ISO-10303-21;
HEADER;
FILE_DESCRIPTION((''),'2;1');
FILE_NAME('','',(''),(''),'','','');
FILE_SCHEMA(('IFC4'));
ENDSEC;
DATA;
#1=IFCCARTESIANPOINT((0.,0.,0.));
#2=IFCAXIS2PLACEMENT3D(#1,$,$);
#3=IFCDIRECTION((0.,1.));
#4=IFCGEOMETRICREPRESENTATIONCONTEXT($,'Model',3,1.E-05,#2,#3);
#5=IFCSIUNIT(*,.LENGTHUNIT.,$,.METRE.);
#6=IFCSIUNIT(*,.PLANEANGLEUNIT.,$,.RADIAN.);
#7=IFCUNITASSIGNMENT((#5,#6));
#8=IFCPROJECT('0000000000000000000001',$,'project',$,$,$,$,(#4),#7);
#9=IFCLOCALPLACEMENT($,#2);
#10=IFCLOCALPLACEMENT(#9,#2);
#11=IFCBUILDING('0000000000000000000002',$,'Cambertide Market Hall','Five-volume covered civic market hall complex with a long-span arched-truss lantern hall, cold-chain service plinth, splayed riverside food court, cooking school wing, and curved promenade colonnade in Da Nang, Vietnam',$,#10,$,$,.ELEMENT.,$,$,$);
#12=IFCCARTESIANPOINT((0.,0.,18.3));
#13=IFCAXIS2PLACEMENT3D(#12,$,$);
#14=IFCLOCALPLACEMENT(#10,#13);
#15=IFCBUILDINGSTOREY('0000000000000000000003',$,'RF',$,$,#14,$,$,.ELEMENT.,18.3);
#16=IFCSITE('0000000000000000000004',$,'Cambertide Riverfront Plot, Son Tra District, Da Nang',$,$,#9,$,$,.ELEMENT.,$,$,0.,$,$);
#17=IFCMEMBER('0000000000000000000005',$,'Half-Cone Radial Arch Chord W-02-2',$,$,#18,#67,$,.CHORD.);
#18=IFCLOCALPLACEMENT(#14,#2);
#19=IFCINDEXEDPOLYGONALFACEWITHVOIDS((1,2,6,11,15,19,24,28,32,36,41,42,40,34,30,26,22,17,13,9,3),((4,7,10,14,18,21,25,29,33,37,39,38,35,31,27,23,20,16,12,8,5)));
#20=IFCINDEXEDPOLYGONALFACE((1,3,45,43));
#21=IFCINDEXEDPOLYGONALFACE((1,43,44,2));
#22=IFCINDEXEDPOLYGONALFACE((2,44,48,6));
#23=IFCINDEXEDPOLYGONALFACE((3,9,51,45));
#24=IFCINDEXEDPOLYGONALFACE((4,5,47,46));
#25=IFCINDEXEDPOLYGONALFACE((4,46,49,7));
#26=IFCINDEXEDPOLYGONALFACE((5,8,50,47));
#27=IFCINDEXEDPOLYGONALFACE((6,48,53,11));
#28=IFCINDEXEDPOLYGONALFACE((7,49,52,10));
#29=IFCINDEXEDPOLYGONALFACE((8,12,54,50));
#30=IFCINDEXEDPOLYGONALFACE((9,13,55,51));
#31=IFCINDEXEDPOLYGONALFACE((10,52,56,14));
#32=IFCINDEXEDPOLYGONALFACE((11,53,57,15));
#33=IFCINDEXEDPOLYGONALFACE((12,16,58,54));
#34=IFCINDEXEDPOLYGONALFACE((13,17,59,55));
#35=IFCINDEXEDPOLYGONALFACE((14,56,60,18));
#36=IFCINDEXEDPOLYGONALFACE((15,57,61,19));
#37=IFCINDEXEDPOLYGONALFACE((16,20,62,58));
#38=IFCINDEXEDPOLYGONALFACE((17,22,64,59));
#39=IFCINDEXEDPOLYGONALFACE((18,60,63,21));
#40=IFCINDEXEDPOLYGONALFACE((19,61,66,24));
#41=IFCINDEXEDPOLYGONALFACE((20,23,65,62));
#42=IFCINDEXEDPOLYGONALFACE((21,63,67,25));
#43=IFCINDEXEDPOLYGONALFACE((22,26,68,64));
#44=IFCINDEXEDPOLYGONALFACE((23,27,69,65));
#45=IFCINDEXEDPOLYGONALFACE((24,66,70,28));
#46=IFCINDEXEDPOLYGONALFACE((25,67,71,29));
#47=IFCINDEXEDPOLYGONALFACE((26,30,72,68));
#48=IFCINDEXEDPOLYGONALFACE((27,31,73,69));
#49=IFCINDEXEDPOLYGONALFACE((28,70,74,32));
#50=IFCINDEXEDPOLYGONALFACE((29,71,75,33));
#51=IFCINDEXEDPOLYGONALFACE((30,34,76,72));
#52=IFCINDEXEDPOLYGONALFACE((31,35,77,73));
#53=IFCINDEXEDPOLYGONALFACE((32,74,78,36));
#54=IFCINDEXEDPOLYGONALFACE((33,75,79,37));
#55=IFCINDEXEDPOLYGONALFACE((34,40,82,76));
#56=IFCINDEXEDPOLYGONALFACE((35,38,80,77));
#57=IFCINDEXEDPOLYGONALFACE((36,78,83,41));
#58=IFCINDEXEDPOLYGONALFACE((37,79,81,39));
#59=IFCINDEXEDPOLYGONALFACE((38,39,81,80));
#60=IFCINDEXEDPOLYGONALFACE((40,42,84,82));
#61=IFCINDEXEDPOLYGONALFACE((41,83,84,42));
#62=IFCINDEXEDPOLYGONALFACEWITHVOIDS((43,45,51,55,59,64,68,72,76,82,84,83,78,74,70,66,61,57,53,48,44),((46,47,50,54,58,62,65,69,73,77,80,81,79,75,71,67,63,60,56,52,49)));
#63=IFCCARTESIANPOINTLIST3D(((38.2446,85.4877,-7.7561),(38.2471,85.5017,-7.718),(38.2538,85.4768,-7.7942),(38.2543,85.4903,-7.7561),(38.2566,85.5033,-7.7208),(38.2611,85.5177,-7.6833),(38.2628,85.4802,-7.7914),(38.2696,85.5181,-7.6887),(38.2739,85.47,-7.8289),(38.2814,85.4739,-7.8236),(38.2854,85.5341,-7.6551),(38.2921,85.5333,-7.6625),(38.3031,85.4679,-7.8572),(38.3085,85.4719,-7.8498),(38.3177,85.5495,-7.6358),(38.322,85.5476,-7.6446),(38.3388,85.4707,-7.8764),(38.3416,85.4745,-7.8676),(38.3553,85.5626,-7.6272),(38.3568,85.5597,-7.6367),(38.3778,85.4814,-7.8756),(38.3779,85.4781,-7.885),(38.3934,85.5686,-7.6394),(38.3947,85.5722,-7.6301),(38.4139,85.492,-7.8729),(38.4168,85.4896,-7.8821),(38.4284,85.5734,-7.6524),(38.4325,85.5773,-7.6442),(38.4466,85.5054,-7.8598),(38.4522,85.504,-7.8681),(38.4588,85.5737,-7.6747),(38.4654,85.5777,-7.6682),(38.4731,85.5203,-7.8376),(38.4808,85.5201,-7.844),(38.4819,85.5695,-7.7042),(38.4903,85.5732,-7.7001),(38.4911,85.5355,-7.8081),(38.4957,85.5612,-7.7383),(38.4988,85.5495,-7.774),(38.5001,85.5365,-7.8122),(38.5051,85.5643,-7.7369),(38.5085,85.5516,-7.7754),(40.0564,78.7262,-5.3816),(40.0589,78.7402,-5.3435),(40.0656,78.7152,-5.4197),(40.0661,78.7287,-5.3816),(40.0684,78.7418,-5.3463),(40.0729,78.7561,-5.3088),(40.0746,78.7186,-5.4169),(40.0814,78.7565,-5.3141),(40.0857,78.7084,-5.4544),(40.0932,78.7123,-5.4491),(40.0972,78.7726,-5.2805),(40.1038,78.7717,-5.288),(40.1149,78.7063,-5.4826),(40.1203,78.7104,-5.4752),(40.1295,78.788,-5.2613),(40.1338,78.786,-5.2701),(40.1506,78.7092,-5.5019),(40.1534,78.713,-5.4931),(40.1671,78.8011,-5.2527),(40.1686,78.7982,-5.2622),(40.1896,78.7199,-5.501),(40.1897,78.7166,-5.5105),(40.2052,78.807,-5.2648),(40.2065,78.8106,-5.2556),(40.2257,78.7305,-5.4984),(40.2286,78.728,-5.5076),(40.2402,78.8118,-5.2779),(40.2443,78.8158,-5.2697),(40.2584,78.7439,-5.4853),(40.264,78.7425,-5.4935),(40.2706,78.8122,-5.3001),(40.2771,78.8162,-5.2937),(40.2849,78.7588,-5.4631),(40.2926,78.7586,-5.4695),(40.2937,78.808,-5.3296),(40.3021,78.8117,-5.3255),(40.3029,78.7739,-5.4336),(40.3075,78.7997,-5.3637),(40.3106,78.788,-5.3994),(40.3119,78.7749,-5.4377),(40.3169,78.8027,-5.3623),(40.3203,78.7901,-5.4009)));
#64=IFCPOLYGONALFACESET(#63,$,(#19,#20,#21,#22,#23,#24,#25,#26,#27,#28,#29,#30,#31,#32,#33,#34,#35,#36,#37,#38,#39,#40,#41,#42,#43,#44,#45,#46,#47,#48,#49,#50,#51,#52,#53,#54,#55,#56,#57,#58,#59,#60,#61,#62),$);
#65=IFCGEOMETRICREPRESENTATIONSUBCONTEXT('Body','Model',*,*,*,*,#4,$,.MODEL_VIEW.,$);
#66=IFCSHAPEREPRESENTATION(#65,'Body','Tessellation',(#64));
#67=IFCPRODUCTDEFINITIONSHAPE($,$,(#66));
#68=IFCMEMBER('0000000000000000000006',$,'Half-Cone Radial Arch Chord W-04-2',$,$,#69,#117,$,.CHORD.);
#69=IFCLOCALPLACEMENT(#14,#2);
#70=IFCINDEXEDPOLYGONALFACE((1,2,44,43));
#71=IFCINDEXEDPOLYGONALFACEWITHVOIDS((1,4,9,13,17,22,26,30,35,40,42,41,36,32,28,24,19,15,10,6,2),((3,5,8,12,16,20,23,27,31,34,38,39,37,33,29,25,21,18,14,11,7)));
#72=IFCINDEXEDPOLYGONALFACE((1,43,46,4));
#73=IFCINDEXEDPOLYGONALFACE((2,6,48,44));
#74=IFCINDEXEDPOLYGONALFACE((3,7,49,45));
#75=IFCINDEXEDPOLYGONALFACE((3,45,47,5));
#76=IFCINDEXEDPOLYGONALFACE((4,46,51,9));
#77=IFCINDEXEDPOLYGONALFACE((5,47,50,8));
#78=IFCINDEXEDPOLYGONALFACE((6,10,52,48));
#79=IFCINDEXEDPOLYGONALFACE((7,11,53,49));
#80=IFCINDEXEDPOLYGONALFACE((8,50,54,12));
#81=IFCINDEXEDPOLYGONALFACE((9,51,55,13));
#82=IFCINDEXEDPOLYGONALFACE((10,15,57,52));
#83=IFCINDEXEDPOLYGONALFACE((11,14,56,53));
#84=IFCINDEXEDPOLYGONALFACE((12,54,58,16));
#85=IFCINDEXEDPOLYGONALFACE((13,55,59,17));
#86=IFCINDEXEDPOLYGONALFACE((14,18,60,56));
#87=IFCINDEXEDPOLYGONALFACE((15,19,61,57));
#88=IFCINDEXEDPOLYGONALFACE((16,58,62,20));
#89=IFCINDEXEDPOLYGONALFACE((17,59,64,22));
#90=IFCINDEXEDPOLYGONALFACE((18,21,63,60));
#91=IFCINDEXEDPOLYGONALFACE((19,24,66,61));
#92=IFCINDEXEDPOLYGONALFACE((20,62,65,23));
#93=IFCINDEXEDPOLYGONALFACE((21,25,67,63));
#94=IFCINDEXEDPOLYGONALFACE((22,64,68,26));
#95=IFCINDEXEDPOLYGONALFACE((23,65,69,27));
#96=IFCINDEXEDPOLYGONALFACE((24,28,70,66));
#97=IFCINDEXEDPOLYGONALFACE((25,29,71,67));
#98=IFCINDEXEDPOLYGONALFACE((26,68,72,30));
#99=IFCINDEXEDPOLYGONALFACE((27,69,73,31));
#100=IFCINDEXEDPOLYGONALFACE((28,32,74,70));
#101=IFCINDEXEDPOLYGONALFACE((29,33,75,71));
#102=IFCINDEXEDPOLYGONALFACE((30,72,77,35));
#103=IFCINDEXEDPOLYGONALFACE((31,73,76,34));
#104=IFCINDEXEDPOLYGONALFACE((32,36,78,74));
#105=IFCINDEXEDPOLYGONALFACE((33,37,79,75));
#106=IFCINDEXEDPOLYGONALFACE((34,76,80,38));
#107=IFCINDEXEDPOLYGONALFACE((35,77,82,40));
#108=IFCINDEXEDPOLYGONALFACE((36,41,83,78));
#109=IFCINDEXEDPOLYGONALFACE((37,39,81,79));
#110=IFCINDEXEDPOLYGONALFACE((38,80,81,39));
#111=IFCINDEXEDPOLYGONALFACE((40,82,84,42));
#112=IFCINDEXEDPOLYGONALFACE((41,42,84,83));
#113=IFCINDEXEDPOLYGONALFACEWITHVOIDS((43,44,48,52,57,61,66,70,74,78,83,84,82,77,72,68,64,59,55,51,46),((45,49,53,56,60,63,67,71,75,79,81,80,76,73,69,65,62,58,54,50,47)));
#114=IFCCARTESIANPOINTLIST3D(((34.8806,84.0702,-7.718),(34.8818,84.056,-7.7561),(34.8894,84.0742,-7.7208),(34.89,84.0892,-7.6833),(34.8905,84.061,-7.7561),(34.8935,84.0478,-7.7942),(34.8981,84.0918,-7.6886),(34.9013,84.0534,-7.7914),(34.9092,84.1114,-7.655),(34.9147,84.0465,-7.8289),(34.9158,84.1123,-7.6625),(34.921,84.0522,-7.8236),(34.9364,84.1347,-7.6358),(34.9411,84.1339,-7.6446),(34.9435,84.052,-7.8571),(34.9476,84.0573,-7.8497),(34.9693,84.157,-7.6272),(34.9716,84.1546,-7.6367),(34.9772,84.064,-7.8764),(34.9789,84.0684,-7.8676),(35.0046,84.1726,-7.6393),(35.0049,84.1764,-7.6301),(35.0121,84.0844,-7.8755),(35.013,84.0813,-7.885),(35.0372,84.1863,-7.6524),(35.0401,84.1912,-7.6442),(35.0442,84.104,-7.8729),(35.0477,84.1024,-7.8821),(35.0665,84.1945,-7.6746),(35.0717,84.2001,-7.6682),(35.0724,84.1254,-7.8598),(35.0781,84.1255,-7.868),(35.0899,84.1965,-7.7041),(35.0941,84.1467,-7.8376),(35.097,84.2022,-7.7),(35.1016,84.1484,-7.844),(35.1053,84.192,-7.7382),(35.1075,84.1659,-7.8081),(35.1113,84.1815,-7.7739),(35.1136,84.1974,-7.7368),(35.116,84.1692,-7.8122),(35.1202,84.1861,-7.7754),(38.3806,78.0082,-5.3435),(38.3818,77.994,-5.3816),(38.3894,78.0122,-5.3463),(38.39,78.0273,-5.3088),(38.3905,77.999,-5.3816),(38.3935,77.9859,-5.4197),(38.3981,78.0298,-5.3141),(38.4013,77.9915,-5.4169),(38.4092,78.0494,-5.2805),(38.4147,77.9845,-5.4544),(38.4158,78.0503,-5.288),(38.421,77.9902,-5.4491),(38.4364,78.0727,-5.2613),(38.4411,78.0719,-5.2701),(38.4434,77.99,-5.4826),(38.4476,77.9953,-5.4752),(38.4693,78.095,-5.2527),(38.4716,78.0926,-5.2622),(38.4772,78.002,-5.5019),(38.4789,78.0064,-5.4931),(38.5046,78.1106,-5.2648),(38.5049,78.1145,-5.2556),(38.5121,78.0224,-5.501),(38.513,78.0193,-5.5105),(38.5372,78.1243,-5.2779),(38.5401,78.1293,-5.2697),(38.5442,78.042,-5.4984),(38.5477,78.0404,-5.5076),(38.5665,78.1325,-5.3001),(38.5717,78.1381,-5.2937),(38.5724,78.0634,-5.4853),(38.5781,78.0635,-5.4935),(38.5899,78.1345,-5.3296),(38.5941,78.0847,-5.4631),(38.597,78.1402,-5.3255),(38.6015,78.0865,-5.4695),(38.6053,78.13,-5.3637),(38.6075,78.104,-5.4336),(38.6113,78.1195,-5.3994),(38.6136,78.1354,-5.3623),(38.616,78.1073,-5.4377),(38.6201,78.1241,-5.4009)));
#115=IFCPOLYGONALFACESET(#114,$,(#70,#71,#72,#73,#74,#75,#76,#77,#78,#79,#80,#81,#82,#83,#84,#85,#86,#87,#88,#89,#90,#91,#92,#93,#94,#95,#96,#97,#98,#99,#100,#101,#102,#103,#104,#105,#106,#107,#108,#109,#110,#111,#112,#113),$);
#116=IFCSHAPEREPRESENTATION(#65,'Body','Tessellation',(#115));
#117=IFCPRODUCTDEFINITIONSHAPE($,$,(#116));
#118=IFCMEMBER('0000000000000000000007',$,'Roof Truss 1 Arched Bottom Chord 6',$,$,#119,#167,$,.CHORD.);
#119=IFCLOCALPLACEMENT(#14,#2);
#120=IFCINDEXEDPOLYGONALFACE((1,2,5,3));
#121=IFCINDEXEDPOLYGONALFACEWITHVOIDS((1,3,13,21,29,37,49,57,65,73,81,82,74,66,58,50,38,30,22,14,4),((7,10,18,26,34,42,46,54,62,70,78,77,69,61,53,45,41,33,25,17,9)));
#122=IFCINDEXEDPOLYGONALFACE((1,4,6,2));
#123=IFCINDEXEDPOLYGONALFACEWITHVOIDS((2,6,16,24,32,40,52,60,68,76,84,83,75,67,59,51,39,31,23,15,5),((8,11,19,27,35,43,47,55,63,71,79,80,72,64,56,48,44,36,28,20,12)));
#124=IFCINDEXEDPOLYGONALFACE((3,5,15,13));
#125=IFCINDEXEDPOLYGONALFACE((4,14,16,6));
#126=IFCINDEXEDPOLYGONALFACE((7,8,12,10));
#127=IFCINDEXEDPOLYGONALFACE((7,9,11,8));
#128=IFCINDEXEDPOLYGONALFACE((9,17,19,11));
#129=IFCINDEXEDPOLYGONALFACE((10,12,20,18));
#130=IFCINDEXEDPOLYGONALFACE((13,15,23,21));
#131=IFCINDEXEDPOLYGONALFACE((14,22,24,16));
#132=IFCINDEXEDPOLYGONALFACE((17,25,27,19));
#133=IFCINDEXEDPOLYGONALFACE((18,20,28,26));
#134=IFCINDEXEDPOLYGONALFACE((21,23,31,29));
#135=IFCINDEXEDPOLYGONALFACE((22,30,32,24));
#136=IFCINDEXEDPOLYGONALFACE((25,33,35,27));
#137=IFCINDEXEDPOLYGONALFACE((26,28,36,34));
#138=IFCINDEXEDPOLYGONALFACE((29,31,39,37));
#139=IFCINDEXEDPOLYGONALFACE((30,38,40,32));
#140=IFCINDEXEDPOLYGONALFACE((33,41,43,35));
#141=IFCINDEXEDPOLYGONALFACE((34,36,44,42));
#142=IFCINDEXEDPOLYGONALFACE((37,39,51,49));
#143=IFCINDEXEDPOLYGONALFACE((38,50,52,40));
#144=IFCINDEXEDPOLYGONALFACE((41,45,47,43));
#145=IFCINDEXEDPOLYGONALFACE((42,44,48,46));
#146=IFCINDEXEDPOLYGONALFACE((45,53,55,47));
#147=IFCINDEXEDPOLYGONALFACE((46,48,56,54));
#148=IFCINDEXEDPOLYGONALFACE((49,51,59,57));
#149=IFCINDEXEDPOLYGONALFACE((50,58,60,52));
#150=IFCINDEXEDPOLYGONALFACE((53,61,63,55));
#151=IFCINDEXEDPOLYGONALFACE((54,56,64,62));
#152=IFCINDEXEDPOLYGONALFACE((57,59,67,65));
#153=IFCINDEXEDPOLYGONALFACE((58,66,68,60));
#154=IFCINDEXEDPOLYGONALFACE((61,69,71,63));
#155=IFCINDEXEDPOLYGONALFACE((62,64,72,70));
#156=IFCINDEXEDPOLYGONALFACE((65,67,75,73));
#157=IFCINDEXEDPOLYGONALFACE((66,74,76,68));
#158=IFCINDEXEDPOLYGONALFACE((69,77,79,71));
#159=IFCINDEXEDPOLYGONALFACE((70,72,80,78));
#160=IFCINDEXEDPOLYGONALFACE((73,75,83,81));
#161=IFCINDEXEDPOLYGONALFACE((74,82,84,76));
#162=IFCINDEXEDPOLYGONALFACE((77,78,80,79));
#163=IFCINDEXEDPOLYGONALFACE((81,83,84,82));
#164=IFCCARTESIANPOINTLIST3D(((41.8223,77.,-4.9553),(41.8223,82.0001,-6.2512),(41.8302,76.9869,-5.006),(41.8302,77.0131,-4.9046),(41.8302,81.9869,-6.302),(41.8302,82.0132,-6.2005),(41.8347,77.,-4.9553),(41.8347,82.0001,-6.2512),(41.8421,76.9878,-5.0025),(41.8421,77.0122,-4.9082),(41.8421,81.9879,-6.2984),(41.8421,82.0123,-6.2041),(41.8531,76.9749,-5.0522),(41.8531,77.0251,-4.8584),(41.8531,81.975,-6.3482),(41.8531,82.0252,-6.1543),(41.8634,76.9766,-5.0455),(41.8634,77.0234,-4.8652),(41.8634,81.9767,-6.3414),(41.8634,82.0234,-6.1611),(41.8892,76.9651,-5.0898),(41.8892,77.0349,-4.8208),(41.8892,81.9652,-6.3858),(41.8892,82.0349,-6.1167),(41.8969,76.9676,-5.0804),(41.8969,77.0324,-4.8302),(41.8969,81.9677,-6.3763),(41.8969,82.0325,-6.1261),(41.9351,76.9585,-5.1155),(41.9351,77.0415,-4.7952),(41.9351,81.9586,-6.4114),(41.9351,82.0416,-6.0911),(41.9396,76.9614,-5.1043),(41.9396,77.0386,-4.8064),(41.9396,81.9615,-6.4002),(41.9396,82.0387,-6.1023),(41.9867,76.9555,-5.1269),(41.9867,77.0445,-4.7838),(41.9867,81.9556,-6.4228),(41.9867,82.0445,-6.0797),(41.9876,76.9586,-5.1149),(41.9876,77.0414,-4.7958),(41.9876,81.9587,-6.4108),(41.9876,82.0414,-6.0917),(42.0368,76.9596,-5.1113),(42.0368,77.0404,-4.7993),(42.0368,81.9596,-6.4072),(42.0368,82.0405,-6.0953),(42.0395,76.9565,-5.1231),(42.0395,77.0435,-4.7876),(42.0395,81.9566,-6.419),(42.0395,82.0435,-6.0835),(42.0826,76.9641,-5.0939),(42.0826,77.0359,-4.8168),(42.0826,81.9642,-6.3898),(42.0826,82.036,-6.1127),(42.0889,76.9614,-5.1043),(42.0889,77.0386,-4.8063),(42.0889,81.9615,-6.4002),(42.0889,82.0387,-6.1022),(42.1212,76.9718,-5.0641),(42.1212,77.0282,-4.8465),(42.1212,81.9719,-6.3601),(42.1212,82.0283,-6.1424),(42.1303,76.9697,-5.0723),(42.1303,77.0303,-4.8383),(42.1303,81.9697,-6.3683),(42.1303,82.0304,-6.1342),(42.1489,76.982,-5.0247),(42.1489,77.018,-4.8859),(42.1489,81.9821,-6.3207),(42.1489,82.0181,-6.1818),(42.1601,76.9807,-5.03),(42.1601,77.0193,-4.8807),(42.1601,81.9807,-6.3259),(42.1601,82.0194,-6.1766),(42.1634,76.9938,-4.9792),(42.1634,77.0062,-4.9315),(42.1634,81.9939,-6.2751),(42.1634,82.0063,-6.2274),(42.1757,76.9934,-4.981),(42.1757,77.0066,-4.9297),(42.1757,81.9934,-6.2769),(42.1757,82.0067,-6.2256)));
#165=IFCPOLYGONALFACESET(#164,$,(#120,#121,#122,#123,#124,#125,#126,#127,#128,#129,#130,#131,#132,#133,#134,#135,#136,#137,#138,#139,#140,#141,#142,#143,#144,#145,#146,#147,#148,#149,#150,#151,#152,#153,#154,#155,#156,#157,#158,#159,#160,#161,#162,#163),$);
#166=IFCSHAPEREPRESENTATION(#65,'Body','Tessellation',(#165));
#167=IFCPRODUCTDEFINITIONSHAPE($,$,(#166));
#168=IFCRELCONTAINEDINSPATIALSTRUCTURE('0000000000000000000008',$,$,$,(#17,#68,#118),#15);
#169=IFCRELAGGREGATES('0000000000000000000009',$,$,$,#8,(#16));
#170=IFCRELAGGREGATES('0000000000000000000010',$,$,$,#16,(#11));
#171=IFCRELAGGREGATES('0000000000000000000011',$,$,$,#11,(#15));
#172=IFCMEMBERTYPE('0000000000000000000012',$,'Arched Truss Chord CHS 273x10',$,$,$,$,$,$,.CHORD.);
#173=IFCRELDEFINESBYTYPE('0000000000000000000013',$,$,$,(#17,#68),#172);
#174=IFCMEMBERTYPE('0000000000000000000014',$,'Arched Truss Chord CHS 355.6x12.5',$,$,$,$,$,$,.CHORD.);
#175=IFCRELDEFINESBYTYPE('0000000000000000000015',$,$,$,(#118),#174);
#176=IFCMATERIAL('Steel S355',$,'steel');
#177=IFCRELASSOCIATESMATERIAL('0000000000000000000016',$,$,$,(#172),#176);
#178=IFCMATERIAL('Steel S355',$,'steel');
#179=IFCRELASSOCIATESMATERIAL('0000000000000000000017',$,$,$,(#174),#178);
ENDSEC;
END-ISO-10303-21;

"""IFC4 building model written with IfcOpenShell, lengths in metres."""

from ifc_helpers import new_model, si_unit, direction, frame, origin, origin_2d, place, context, subcontext, project, spatial, hollow_circle, extrude, material, material_profile, profile_set, type_object, element, save


model = new_model("IFC4")

# Units and contexts
model_context = context("Model", 3, precision=1e-05, world=origin(), true_north=direction((0.0, 1.0)))
body_context = subcontext(model_context, "Body", "Model", "MODEL_VIEW")
ifc_project = project(units=[si_unit("LENGTHUNIT", "METRE"), si_unit("PLANEANGLEUNIT", "RADIAN")], contexts=[model_context])

# Site, building, storey
site_placement = place(None, origin())
site = spatial("IfcSite", under=ifc_project, at=site_placement, Name="Cambertide Riverfront Plot, Son Tra District, Da Nang", CompositionType="ELEMENT", RefElevation=0.0)
building_placement = place(site_placement, origin())
building = spatial("IfcBuilding", under=site, at=building_placement, Name="Cambertide Market Hall", Description="Five-volume covered civic market hall complex with a long-span arched-truss lantern hall, cold-chain service plinth, splayed riverside food court, cooking school wing, and curved promenade colonnade in Da Nang, Vietnam", CompositionType="ELEMENT")
storey_placement = place(building_placement, frame((0.0, 0.0, 18.3)))
storey = spatial("IfcBuildingStorey", under=building, at=storey_placement, Name="RF", CompositionType="ELEMENT", Elevation=18.3)

# Members
ifc_material_1 = material(Name="Steel S355", Category="steel")
ifc_material_profile_1 = material_profile(ifc_material_1, hollow_circle(Radius=0.1365, WallThickness=0.01, at=origin_2d()), Name="CHS 273x10")
ifc_profile_set_1 = profile_set([ifc_material_profile_1], Name="Steel S355")
member_type_1 = type_object("IfcMemberType", Name="Arched Truss Chord CHS 273x10", PredefinedType="CHORD", material=ifc_profile_set_1)
member_1_placement = place(storey_placement, frame((40.1882, 78.7615, -5.3816), z_axis=(-0.245106, 0.914729, -0.321237), x_axis=(-0.965925, -0.258824, 0.0)))
element("IfcMember", 1, at=member_1_placement, inside=storey, type_object=member_type_1, Name="Half-Cone Radial Arch Chord W-02-2", PredefinedType="CHORD", context=body_context, shape_type="SweptSolid", body=[
    extrude(hollow_circle(Radius=0.1365, WallThickness=0.01, at=origin_2d()), origin(), (0.0, 0.0, 1.0), 7.3918),
])
member_2_placement = place(storey_placement, frame((38.5, 78.0623, -5.3816), z_axis=(-0.473508, 0.820118, -0.321243), x_axis=(-0.866019, -0.50001, 0.0)))
element("IfcMember", 2, at=member_2_placement, inside=storey, type_object=member_type_1, Name="Half-Cone Radial Arch Chord W-04-2", PredefinedType="CHORD", context=body_context, shape_type="SweptSolid", body=[
    extrude(hollow_circle(Radius=0.1365, WallThickness=0.01, at=origin_2d()), origin(), (0.0, 0.0, 1.0), 7.3916),
])
ifc_material_2 = material(Name="Steel S355", Category="steel")
ifc_material_profile_2 = material_profile(ifc_material_2, hollow_circle(Radius=0.1777, WallThickness=0.0125, at=origin_2d()), Name="CHS 355.6x12.5")
ifc_profile_set_2 = profile_set([ifc_material_profile_2], Name="Steel S355")
member_type_2 = type_object("IfcMemberType", Name="Arched Truss Chord CHS 355.6x12.5", PredefinedType="CHORD", material=ifc_profile_set_2)
member_3_placement = place(storey_placement, frame((42.0, 77.0, -4.9553), z_axis=(0.0, 0.968016, -0.25089), x_axis=(-1.0, 0.0, 0.0)))
element("IfcMember", 3, at=member_3_placement, inside=storey, type_object=member_type_2, Name="Roof Truss 1 Arched Bottom Chord 6", PredefinedType="CHORD", context=body_context, shape_type="SweptSolid", body=[
    extrude(hollow_circle(Radius=0.1777, WallThickness=0.0125, at=origin_2d()), origin(), (0.0, 0.0, 1.0), 5.1653),
])

save(model, "model.ifc")
